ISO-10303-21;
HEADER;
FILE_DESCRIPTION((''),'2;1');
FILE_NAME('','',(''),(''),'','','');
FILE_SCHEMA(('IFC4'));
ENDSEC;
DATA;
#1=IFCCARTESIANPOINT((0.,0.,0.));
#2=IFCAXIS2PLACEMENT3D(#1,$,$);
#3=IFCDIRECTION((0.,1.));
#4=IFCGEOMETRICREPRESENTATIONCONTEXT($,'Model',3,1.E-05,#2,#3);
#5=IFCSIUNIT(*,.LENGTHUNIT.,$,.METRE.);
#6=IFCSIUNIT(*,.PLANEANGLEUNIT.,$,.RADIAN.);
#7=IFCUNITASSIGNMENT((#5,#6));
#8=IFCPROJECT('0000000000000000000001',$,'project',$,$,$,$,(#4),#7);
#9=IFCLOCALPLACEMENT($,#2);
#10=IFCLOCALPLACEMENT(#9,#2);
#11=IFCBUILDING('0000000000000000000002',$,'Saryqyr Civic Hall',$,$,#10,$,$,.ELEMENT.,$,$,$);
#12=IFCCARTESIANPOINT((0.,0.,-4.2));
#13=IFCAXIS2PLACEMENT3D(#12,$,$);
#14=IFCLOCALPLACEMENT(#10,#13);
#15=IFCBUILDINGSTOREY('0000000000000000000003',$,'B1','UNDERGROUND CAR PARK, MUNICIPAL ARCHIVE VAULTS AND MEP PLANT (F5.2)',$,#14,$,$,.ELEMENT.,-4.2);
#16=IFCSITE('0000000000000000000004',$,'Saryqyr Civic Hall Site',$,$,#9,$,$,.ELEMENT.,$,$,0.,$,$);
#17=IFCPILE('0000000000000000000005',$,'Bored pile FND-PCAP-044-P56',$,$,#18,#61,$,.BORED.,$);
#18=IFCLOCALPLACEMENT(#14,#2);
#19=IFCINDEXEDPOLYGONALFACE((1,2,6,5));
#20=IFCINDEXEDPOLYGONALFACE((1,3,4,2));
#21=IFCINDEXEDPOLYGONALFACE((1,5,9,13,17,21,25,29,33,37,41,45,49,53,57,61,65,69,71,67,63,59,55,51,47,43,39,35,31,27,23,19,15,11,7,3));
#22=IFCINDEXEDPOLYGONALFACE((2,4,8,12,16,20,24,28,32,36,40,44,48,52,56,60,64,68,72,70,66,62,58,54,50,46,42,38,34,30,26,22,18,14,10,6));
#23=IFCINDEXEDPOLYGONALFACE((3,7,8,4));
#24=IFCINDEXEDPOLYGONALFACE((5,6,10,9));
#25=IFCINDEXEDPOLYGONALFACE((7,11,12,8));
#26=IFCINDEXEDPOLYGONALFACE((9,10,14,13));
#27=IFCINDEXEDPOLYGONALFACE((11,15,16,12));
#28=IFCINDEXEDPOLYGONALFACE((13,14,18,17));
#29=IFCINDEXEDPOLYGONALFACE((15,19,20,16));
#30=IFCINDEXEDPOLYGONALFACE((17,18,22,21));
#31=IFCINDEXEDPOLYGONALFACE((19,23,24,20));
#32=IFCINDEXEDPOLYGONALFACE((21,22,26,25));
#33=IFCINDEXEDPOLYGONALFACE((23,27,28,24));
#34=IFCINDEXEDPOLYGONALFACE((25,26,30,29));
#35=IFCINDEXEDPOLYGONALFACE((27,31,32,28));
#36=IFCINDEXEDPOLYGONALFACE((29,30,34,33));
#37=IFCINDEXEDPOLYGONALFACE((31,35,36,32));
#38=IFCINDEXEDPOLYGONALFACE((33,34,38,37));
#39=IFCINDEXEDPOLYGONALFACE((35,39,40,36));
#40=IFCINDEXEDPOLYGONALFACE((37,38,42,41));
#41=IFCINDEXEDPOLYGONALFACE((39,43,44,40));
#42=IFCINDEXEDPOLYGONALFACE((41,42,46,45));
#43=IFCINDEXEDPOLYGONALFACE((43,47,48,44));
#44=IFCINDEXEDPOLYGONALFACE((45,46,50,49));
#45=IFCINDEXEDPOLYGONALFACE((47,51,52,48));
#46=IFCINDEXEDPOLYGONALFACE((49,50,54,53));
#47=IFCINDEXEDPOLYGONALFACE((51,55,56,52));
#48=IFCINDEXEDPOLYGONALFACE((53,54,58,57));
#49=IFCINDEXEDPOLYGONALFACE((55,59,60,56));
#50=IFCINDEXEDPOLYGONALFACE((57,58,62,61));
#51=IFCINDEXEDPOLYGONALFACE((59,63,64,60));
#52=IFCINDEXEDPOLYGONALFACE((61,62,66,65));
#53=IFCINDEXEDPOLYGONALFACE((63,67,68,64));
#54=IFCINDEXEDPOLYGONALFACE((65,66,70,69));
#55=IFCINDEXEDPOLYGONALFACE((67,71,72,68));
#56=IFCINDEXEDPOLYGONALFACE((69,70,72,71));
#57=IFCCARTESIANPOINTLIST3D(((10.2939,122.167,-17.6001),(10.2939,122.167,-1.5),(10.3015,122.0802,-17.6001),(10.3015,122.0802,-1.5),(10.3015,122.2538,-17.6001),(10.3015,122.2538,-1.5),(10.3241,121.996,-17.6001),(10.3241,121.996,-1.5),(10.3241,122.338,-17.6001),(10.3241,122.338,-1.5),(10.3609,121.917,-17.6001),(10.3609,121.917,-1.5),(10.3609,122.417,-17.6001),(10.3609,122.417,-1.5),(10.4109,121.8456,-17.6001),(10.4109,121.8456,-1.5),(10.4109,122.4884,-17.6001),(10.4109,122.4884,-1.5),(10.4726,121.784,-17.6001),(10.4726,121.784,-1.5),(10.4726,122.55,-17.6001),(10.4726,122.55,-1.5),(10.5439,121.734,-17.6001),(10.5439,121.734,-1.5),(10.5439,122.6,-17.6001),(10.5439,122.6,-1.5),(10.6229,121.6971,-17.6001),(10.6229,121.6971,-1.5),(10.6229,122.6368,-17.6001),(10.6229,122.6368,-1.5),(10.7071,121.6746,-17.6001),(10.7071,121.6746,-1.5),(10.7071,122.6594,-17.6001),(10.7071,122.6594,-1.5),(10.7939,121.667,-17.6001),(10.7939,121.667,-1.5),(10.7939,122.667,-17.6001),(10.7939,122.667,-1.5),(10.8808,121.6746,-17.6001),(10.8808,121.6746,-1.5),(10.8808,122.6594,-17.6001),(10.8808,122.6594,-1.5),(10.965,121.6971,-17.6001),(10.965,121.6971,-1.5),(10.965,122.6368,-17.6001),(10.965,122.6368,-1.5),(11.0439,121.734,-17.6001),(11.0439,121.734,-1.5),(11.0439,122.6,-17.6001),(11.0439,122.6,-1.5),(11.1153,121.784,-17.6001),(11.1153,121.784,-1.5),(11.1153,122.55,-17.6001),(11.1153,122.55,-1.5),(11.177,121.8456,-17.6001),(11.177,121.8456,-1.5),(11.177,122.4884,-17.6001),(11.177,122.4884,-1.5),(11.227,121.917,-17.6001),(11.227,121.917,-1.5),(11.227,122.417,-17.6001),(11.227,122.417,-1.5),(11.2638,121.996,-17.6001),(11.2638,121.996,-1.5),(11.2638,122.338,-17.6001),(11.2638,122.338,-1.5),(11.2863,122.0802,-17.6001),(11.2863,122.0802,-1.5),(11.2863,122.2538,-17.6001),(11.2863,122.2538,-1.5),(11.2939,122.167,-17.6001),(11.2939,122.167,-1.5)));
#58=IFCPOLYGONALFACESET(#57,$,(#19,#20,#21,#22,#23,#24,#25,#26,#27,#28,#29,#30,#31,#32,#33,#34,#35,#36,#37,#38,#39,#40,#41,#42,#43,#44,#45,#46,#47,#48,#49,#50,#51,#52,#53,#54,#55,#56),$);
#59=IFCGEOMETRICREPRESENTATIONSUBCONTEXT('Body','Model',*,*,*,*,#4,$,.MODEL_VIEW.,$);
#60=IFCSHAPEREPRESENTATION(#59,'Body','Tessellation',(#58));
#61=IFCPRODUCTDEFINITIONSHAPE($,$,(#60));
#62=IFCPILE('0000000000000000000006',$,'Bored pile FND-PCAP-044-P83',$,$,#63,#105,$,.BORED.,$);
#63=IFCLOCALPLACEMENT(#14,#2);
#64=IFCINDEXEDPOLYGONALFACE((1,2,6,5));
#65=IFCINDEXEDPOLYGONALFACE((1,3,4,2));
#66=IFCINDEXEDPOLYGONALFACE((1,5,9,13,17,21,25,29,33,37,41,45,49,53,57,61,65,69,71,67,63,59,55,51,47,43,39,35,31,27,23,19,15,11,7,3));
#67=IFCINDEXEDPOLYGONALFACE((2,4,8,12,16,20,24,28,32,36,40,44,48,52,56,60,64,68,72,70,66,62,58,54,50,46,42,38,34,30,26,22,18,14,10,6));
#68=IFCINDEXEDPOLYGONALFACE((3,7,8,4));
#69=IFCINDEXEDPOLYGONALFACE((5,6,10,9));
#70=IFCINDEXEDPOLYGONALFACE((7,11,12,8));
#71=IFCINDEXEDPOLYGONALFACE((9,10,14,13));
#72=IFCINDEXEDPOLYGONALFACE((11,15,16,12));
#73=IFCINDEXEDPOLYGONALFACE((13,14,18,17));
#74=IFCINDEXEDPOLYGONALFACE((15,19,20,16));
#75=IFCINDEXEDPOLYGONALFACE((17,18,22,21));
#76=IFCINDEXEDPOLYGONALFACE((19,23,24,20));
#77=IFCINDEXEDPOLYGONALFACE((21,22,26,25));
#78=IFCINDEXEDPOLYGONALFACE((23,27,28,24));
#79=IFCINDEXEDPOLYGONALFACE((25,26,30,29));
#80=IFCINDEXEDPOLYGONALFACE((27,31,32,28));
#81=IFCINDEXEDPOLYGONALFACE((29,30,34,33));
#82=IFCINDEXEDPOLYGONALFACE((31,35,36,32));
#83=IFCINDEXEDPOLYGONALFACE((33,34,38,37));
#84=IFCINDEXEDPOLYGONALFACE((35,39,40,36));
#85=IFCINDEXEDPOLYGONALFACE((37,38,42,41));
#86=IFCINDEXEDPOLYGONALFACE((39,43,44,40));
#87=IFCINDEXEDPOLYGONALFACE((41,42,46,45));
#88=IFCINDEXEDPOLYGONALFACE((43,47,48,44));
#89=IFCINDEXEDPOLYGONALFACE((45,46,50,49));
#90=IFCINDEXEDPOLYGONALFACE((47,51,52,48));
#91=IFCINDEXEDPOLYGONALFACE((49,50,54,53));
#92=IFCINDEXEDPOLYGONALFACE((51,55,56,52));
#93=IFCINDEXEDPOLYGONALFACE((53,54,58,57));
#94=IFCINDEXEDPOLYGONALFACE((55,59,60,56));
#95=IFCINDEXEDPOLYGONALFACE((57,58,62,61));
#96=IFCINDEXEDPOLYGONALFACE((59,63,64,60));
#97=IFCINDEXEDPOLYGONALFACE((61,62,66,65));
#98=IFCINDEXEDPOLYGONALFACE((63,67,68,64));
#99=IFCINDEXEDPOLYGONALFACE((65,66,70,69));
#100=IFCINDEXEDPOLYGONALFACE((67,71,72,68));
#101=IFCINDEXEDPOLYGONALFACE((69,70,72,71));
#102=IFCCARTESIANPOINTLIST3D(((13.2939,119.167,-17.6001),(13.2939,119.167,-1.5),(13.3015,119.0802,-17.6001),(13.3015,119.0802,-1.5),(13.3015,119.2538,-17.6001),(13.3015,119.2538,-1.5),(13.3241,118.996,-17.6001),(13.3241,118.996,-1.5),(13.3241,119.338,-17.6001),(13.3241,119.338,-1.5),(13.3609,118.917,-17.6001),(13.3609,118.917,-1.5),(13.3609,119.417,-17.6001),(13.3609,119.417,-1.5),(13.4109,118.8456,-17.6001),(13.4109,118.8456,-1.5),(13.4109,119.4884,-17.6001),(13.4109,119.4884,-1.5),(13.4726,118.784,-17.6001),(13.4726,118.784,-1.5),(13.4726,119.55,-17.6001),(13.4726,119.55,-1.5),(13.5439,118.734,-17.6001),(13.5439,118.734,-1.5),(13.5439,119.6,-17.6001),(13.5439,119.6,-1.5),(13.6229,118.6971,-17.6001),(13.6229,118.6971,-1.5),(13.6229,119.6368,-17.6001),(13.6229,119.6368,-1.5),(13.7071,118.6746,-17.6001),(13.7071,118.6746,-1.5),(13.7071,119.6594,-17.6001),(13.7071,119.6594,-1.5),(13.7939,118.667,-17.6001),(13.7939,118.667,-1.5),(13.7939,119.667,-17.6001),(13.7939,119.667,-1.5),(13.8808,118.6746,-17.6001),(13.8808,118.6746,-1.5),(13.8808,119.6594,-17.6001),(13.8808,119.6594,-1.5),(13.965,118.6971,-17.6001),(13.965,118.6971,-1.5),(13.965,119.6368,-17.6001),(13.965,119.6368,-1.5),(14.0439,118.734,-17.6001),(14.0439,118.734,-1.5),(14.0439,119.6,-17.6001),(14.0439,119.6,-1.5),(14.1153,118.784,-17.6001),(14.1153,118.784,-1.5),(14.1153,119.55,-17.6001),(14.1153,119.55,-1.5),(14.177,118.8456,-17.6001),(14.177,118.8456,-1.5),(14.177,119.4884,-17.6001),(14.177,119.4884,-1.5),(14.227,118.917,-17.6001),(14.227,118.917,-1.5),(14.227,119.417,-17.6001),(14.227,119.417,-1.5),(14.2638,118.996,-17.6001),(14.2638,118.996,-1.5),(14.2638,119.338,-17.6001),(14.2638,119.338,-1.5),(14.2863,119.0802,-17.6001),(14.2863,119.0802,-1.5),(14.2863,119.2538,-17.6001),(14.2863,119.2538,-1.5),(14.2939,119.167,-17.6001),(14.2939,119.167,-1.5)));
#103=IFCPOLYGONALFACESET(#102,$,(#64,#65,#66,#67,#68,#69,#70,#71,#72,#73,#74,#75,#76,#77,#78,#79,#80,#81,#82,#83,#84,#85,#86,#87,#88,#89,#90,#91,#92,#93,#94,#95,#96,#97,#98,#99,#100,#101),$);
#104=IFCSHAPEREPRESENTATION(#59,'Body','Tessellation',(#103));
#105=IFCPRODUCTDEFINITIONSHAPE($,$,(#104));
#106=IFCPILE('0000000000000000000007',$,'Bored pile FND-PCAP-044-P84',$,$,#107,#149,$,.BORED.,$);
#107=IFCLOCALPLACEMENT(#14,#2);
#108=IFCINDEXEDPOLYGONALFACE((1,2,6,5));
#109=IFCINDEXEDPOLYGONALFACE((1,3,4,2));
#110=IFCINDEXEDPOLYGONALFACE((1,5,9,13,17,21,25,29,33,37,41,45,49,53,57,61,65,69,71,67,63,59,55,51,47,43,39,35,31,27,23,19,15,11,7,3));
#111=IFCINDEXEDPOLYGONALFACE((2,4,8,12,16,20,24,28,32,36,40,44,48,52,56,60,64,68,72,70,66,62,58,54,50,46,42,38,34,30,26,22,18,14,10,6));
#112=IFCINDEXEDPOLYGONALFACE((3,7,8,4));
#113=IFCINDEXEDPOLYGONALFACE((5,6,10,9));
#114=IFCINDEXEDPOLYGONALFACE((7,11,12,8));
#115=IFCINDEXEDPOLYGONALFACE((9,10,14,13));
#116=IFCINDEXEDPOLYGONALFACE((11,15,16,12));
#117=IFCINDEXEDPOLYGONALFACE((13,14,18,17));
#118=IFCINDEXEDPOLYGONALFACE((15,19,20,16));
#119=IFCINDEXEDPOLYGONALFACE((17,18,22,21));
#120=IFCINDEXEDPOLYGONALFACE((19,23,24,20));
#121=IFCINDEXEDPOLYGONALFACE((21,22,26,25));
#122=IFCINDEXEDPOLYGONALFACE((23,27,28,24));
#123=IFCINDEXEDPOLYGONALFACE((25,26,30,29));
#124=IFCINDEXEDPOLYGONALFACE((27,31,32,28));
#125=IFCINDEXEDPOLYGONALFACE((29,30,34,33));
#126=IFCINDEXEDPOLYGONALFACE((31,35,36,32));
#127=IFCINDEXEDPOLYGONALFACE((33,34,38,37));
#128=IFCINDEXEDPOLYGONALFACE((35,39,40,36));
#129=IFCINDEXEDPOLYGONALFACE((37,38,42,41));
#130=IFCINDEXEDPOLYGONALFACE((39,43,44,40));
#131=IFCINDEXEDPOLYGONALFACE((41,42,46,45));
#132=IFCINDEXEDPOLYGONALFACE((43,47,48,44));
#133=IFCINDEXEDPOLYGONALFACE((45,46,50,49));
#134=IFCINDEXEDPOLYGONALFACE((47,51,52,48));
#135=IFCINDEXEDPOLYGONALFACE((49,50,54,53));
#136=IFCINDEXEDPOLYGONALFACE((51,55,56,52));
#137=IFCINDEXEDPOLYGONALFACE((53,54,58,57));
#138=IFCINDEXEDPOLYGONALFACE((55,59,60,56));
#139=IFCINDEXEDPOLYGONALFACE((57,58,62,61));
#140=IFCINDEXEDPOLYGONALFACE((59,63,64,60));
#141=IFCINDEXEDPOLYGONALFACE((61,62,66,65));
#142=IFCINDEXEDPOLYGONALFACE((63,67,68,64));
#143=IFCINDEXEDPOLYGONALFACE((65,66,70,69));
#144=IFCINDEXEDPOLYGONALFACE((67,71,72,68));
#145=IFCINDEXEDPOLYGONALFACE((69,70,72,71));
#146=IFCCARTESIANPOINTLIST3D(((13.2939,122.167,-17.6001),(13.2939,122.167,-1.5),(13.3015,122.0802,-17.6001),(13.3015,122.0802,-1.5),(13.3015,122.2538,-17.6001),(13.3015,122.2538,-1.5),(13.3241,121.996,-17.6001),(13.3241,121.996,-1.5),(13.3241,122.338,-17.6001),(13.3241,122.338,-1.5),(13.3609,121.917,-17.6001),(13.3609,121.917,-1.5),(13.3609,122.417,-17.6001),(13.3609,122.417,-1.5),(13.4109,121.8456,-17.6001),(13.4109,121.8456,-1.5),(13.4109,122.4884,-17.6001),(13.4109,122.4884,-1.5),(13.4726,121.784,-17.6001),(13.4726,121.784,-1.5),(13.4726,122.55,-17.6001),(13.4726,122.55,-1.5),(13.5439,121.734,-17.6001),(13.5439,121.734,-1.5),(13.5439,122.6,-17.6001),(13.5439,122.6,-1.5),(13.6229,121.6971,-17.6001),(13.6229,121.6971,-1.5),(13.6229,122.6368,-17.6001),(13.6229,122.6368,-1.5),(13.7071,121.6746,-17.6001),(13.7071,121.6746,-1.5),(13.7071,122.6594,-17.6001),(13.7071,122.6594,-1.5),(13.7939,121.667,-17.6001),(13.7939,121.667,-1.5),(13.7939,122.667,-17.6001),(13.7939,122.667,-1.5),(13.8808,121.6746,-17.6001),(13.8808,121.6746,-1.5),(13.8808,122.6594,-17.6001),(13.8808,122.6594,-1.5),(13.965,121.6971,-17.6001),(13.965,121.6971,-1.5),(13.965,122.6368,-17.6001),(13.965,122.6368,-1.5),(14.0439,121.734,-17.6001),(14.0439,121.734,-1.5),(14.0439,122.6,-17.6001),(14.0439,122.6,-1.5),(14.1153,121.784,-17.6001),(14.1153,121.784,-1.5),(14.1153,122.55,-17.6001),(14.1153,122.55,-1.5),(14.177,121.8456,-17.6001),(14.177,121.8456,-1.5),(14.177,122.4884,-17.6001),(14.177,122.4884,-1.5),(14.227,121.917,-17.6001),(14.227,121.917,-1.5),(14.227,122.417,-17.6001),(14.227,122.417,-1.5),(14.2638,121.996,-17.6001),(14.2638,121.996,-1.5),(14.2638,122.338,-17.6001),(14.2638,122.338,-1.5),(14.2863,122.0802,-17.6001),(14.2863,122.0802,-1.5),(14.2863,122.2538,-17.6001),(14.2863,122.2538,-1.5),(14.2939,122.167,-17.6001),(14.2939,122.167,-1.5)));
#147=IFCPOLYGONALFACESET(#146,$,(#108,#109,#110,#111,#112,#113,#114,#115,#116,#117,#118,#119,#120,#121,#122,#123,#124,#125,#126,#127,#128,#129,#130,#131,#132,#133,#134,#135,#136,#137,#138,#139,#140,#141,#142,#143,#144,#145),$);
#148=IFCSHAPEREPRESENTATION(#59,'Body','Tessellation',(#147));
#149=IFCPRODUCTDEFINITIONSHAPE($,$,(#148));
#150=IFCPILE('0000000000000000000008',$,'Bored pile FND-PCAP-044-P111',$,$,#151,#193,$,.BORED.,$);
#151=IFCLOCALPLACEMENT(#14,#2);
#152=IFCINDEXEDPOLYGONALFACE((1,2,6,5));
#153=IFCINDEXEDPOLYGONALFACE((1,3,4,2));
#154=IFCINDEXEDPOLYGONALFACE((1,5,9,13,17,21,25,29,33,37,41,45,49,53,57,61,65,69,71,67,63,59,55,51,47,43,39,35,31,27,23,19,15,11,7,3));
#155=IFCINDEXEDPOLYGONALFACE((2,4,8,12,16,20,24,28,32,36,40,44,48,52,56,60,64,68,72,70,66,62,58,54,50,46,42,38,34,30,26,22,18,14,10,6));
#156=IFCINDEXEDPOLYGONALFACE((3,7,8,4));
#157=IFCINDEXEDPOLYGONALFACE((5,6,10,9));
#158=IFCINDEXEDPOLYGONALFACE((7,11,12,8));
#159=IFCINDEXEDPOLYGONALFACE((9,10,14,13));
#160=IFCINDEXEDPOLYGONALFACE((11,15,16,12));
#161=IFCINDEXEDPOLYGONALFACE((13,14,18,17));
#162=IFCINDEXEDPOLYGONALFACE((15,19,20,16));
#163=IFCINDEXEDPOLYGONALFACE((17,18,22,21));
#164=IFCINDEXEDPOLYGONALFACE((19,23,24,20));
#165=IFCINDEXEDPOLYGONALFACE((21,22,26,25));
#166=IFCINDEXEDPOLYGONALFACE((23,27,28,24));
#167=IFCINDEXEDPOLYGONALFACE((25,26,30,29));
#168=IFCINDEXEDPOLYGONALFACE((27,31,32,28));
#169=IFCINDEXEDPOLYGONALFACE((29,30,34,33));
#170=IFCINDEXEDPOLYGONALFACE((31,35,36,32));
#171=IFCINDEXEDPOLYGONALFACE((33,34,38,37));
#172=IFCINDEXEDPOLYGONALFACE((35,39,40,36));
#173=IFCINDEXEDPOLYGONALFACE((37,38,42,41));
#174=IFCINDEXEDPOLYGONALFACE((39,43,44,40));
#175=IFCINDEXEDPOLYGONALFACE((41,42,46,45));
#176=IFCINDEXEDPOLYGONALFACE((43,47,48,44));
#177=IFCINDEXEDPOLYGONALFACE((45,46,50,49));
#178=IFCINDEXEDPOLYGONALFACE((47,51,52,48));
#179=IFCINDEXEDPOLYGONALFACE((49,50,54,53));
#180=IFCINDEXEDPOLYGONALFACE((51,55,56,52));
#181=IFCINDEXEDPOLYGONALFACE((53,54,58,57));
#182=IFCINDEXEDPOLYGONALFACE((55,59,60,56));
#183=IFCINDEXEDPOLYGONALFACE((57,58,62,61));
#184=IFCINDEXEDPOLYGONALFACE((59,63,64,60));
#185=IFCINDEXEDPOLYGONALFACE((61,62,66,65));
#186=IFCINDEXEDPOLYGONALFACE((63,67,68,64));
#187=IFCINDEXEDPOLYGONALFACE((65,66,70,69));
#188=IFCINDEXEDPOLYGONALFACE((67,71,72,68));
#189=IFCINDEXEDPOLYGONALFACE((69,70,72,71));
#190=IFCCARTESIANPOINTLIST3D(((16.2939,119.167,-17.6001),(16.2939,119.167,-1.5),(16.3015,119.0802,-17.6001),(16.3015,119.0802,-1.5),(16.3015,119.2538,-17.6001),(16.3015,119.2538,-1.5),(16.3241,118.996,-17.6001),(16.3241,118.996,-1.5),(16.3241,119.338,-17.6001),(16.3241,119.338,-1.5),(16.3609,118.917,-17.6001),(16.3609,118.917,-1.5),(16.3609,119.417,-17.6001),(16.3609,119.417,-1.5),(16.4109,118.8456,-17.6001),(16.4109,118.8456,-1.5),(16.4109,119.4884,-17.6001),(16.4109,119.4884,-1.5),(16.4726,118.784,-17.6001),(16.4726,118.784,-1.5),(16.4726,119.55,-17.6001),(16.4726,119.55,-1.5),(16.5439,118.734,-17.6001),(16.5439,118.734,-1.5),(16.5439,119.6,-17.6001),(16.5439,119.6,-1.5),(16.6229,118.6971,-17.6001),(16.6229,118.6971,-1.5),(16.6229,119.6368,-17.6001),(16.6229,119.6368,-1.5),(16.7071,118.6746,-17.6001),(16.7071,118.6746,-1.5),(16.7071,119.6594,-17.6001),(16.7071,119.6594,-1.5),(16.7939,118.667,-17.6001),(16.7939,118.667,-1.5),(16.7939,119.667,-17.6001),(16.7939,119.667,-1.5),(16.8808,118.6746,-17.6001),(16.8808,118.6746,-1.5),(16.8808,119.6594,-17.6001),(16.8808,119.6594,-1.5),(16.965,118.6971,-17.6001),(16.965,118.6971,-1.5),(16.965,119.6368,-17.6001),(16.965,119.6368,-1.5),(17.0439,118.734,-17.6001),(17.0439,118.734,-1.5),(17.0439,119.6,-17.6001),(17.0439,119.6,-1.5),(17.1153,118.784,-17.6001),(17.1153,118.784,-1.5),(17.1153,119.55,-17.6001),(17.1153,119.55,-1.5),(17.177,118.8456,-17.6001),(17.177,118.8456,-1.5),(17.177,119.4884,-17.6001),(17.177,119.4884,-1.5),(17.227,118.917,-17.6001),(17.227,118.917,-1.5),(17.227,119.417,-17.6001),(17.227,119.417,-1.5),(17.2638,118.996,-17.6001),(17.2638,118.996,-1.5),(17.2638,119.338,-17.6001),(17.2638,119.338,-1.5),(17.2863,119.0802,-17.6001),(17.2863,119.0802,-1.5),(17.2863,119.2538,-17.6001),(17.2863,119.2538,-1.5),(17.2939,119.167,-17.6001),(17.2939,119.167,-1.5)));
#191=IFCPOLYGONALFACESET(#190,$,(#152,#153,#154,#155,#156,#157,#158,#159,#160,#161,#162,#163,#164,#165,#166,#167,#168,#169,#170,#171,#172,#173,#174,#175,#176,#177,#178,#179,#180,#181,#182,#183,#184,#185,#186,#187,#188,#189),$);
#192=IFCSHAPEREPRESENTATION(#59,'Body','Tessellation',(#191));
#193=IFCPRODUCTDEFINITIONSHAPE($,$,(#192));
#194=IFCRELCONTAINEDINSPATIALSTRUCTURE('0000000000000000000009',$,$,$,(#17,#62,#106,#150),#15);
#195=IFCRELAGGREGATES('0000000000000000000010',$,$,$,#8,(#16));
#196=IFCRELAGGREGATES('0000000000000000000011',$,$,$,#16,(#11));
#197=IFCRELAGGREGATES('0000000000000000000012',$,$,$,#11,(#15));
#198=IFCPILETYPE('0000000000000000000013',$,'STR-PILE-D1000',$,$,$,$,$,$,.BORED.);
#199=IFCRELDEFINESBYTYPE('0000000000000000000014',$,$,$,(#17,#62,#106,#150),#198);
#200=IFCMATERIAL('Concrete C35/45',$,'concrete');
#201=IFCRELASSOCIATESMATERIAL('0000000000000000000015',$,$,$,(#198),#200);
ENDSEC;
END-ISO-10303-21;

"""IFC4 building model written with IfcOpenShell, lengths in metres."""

from ifc_helpers import new_model, si_unit, direction, frame, origin, origin_2d, place, context, subcontext, project, spatial, circle, extrude, material, material_profile, profile_set, type_object, element, save


model = new_model("IFC4")

# Units and contexts
model_context = context("Model", 3, precision=1e-05, world=origin(), true_north=direction((0.0, 1.0)))
body_context = subcontext(model_context, "Body", "Model", "MODEL_VIEW")
ifc_project = project(units=[si_unit("LENGTHUNIT", "METRE"), si_unit("PLANEANGLEUNIT", "RADIAN")], contexts=[model_context])

# Site, building, storey
site_placement = place(None, origin())
site = spatial("IfcSite", under=ifc_project, at=site_placement, Name="Saryqyr Civic Hall Site", CompositionType="ELEMENT", RefElevation=0.0)
building_placement = place(site_placement, origin())
building = spatial("IfcBuilding", under=site, at=building_placement, Name="Saryqyr Civic Hall", CompositionType="ELEMENT")
storey_placement = place(building_placement, frame((0.0, 0.0, -4.2)))
storey = spatial("IfcBuildingStorey", under=building, at=storey_placement, Name="B1", Description="UNDERGROUND CAR PARK, MUNICIPAL ARCHIVE VAULTS AND MEP PLANT (F5.2)", CompositionType="ELEMENT", Elevation=-4.2)

# Shared definitions
ifc_material_1 = material(Name="Concrete C35/45", Category="concrete")

# Piles
ifc_material_profile_1 = material_profile(ifc_material_1, circle(Radius=0.5, at=origin_2d()), Name="BORED PILE D1000")
ifc_profile_set_1 = profile_set([ifc_material_profile_1], Name="Concrete C35/45")
pile_type = type_object("IfcPileType", Name="STR-PILE-D1000", PredefinedType="BORED", material=ifc_profile_set_1)
for number, where, z_axis, x_axis, name in (
    (1, (10.7939, 122.167, -1.5), (0.0, 0.0, -1.0), (1.0, 0.0, 0.0), "Bored pile FND-PCAP-044-P56"),
    (2, (13.7939, 119.167, -1.5), (0.0, 0.0, -1.0), (1.0, 0.0, 0.0), "Bored pile FND-PCAP-044-P83"),
    (3, (13.7939, 122.167, -1.5), (0.0, 0.0, -1.0), (1.0, 0.0, 0.0), "Bored pile FND-PCAP-044-P84"),
    (4, (16.7939, 119.167, -1.5), (0.0, 0.0, -1.0), (1.0, 0.0, 0.0), "Bored pile FND-PCAP-044-P111"),
):
    element("IfcPile", number, at=place(storey_placement, frame(where, z_axis=z_axis, x_axis=x_axis)), inside=storey, type_object=pile_type, Name=name, PredefinedType="BORED", context=body_context, shape_type="SweptSolid", body=[
        extrude(circle(Radius=0.5, at=origin_2d()), origin(), (0.0, 0.0, 1.0), 16.1001),
    ])

save(model, "model.ifc")
